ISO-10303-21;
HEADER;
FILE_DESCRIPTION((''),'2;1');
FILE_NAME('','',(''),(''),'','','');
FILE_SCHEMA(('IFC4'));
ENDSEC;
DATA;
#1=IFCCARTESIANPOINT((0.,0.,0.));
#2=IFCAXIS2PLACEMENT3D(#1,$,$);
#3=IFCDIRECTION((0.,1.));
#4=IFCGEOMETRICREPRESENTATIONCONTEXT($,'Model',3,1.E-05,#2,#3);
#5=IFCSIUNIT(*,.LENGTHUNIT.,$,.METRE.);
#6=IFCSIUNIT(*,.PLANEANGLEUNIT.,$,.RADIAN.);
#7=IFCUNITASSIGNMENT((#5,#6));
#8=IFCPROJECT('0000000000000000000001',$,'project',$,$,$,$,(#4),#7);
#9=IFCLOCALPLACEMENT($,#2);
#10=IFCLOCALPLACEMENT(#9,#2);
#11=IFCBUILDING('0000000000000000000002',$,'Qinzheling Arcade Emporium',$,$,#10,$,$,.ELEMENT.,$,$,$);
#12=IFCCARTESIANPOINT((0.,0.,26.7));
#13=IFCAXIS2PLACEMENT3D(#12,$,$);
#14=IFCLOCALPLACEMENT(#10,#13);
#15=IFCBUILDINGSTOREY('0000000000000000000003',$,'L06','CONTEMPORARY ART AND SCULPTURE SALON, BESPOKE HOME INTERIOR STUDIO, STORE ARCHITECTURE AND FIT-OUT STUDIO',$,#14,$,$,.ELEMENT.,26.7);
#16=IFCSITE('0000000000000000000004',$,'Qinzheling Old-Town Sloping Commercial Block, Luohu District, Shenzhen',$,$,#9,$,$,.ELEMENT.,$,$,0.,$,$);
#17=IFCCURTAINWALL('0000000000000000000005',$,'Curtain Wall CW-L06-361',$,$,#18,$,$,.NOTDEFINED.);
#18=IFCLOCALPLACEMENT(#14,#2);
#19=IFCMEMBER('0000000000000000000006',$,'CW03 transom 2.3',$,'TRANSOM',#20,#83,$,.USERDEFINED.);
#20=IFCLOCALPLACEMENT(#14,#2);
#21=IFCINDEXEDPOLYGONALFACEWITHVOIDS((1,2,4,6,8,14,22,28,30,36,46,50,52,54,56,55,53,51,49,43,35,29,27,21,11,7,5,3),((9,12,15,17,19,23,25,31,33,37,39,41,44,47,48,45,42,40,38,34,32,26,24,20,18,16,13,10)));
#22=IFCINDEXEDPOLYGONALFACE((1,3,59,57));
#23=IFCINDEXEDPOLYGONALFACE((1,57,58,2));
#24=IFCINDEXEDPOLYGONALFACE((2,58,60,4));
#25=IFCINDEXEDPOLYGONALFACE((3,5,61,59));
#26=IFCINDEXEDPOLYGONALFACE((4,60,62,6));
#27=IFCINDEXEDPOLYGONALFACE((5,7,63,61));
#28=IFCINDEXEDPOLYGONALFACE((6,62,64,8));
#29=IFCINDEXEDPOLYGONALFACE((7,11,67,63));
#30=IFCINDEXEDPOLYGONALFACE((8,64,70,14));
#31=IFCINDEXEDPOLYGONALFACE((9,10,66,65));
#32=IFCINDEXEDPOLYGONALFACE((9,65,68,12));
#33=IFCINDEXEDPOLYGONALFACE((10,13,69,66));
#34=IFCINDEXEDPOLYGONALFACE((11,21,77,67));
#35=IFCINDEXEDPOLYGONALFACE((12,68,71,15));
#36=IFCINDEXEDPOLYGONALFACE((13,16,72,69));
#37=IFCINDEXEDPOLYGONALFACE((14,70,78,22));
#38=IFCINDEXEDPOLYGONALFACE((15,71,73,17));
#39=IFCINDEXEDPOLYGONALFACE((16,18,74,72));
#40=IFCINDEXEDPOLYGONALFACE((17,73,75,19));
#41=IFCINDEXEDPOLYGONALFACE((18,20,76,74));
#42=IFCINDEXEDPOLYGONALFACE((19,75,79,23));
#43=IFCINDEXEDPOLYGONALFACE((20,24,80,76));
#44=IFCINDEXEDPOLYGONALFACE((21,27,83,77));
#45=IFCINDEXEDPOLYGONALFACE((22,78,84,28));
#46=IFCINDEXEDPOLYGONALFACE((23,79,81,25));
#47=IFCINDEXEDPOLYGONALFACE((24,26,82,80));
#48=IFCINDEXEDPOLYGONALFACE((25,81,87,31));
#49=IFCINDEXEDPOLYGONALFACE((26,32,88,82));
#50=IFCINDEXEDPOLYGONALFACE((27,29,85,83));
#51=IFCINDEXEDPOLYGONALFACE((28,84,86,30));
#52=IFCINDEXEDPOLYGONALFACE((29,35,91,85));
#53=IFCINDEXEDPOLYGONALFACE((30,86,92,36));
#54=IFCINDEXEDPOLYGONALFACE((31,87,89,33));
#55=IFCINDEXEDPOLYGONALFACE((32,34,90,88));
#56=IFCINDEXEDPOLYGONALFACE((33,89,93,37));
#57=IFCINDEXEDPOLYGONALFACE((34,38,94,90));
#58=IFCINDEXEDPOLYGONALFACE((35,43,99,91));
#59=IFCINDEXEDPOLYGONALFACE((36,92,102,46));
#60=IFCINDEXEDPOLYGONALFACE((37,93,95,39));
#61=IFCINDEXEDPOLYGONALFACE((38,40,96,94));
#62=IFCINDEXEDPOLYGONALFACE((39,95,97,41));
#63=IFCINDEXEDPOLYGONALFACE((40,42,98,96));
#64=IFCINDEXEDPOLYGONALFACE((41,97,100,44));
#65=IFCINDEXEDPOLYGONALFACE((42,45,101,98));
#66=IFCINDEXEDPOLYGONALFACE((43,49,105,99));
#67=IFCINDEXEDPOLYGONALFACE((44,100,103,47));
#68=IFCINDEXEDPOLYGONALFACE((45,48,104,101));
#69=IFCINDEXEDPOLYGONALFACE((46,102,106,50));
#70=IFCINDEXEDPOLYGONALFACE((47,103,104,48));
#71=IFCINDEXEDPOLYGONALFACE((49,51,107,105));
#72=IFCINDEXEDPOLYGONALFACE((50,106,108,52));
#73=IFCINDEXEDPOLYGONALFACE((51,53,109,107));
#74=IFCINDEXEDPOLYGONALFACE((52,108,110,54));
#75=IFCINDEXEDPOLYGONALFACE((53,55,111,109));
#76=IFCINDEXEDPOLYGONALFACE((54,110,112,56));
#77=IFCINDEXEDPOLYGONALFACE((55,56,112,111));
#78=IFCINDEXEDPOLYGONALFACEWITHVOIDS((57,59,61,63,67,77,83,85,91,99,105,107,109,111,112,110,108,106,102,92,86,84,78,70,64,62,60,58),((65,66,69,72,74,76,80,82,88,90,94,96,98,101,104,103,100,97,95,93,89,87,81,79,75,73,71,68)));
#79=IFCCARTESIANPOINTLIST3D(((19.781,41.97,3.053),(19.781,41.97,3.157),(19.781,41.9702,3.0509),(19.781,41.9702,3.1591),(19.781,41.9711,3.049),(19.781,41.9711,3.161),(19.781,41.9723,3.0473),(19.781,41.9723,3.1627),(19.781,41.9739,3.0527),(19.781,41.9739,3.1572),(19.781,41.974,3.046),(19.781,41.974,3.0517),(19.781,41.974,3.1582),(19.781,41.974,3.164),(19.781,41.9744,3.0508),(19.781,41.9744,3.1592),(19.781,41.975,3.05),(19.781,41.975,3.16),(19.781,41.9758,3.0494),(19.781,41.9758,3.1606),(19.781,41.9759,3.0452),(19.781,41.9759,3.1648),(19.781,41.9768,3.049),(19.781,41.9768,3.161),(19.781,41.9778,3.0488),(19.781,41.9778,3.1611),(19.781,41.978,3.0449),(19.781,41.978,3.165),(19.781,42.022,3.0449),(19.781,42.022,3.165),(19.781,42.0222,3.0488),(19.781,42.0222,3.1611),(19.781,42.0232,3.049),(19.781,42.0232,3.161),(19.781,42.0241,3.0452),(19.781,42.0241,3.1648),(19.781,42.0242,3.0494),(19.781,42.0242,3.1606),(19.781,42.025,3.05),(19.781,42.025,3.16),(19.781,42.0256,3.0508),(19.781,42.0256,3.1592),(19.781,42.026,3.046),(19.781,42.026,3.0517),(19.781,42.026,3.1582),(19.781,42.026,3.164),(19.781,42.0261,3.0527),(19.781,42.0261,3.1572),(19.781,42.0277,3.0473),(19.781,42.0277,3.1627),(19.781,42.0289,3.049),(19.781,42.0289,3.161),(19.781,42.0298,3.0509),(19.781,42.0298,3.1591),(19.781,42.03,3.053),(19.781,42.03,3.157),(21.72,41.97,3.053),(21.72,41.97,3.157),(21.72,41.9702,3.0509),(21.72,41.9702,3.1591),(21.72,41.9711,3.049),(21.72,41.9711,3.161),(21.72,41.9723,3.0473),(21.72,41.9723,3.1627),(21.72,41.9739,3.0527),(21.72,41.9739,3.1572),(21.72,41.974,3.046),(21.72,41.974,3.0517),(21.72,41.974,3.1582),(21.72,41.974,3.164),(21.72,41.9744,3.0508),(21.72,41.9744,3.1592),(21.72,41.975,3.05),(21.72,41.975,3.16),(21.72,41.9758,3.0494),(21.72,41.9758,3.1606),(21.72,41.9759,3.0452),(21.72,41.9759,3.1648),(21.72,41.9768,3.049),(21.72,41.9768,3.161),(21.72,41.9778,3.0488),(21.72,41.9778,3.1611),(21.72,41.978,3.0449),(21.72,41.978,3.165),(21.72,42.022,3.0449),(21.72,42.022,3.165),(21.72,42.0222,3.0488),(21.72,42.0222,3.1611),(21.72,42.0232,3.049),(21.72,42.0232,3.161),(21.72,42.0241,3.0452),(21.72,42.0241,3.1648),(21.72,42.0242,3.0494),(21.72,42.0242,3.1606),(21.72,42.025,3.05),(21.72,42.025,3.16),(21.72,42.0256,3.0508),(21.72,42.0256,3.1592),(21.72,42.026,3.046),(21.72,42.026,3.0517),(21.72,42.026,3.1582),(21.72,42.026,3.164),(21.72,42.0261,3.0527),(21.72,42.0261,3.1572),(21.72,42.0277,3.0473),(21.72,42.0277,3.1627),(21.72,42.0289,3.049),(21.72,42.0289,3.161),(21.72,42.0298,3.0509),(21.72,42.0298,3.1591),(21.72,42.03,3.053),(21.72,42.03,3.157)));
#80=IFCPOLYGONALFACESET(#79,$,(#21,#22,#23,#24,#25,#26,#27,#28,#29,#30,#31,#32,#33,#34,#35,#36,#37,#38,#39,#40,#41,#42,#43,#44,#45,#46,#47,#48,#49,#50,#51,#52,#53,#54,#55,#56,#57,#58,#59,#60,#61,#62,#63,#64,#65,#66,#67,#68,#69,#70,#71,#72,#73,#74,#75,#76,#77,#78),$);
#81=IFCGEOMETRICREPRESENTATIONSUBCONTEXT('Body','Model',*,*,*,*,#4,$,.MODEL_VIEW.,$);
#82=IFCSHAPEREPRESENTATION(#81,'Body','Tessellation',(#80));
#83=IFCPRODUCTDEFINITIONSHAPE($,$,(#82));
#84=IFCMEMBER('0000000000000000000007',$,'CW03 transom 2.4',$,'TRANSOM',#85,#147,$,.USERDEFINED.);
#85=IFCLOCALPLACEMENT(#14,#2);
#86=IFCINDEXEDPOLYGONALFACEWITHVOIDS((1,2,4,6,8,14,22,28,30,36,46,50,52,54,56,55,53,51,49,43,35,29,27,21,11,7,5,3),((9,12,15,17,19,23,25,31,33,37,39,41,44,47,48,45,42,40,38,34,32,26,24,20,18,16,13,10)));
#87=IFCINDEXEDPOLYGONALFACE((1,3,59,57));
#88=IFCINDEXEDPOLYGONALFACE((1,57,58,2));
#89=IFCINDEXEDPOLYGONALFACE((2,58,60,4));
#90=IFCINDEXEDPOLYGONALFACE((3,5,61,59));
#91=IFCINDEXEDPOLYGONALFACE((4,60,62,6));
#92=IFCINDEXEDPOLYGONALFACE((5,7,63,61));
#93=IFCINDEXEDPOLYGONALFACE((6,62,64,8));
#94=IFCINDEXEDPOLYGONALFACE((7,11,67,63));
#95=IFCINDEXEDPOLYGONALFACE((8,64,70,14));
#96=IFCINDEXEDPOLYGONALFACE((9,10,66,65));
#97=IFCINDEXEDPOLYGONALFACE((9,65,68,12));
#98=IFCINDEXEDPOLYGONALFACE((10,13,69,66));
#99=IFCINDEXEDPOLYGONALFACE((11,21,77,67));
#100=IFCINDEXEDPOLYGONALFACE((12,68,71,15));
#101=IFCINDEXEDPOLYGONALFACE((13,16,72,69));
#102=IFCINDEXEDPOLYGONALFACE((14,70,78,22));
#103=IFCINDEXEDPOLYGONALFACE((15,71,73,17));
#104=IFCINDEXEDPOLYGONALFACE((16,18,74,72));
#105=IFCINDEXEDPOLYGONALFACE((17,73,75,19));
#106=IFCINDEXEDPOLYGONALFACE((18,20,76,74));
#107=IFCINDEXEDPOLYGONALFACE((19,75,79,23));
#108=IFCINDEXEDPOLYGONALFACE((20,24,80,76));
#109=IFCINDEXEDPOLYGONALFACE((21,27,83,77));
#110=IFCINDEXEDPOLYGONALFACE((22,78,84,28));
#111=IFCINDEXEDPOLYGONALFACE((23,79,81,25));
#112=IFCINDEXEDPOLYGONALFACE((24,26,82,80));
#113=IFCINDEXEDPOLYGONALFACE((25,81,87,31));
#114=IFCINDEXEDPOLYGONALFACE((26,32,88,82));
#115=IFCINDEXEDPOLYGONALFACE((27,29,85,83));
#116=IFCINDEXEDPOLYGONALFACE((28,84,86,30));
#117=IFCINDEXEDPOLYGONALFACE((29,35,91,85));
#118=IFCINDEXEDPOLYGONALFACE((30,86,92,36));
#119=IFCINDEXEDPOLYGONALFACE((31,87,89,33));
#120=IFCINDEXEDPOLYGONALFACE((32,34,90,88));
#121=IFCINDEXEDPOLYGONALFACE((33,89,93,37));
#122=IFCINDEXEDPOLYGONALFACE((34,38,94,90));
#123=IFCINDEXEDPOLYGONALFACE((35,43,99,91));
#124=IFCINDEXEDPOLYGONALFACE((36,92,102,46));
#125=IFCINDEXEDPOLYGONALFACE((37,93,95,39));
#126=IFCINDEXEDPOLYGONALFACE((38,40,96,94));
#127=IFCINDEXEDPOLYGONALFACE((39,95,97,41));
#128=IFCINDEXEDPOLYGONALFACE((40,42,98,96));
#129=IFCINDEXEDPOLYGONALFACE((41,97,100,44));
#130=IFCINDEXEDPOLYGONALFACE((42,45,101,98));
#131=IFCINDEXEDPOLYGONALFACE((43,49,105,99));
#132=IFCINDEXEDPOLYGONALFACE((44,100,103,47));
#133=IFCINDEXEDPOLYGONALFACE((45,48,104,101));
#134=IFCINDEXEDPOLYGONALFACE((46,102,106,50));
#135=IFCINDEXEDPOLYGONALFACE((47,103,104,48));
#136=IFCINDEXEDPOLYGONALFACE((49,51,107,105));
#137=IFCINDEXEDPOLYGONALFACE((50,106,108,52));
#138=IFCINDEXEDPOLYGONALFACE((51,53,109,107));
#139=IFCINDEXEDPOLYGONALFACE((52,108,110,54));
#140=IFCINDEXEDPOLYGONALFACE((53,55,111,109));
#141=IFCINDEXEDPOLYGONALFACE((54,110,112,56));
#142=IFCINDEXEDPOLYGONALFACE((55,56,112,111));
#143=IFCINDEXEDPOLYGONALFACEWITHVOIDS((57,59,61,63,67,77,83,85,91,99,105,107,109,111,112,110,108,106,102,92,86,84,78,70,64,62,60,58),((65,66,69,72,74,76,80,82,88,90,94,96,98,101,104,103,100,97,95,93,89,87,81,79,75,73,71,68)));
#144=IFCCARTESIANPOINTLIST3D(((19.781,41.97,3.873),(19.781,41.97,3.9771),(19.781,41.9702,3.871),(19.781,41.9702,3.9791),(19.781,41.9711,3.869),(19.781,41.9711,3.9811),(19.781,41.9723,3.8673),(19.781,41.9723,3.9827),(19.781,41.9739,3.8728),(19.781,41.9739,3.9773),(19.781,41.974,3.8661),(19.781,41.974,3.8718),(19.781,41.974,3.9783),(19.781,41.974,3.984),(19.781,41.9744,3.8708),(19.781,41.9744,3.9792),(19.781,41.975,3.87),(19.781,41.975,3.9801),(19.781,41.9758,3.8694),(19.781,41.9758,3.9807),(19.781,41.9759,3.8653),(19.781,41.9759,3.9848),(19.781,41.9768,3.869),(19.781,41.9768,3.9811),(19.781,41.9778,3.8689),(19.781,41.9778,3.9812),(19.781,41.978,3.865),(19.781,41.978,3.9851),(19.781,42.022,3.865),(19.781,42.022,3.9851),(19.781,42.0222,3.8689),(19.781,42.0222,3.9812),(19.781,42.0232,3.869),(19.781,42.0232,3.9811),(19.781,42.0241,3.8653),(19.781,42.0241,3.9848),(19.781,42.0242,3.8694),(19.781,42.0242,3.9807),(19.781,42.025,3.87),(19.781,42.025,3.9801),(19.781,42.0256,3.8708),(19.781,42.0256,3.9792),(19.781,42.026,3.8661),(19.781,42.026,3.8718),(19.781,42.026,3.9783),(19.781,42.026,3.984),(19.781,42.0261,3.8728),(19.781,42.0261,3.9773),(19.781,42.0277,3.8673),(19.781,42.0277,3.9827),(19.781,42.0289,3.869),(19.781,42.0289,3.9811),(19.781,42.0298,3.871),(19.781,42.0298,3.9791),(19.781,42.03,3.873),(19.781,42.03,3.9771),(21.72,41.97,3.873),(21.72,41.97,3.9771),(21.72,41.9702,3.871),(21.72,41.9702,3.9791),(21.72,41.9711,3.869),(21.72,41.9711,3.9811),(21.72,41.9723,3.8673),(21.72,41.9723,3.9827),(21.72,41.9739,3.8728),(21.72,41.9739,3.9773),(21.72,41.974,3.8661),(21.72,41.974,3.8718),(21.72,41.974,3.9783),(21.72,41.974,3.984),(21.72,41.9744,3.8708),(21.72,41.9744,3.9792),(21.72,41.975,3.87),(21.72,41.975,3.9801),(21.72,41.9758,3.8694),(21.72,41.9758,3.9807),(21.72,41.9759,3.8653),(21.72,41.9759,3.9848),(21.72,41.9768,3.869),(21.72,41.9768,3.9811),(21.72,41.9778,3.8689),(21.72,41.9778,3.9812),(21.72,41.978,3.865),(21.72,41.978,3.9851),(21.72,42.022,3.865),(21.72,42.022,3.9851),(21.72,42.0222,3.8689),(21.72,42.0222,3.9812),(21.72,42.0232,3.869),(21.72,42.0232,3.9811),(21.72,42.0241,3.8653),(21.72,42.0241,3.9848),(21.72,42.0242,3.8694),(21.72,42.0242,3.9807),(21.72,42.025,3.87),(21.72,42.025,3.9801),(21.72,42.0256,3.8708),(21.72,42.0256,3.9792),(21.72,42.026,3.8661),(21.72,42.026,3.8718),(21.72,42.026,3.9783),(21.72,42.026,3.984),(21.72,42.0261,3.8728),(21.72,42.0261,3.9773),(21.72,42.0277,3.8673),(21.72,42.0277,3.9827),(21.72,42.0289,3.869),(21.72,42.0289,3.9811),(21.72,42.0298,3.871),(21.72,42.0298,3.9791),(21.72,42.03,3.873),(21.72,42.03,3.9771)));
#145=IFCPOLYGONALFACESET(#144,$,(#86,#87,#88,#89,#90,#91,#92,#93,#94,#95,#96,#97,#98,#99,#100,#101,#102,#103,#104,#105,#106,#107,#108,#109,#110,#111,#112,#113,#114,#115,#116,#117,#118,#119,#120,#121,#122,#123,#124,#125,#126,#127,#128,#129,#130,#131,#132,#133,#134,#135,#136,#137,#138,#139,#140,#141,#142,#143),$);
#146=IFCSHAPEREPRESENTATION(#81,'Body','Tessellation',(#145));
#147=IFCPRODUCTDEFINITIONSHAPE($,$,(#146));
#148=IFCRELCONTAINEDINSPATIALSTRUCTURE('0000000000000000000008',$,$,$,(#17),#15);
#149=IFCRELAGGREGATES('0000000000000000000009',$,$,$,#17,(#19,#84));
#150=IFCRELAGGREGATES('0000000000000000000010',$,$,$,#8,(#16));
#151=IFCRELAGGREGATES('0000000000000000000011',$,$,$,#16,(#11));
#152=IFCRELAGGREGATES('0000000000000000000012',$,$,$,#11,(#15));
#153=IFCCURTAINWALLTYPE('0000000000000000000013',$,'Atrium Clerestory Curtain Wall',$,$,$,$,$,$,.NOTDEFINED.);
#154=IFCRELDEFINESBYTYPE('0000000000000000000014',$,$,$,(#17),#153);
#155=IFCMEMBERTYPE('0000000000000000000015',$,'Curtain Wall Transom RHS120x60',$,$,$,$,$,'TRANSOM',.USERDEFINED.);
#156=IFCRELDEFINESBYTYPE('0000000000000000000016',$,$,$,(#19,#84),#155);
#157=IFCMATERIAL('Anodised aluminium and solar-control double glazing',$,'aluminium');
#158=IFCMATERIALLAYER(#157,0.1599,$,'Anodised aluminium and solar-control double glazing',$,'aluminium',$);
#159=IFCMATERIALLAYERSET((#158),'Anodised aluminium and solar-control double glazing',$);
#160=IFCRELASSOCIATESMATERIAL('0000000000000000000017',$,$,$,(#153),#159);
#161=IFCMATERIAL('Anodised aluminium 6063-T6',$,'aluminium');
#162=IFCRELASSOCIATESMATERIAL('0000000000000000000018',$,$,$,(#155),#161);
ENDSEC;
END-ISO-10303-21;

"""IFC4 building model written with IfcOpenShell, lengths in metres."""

from ifc_helpers import new_model, si_unit, direction, frame, origin, origin_2d, place, context, subcontext, project, spatial, hollow_rectangle, extrude, material, layer, layer_set, material_profile, profile_set, type_object, element, aggregate, save


model = new_model("IFC4")

# Units and contexts
model_context = context("Model", 3, precision=1e-05, world=origin(), true_north=direction((0.0, 1.0)))
body_context = subcontext(model_context, "Body", "Model", "MODEL_VIEW")
ifc_project = project(units=[si_unit("LENGTHUNIT", "METRE"), si_unit("PLANEANGLEUNIT", "RADIAN")], contexts=[model_context])

# Site, building, storey
site_placement = place(None, origin())
site = spatial("IfcSite", under=ifc_project, at=site_placement, Name="Qinzheling Old-Town Sloping Commercial Block, Luohu District, Shenzhen", CompositionType="ELEMENT", RefElevation=0.0)
building_placement = place(site_placement, origin())
building = spatial("IfcBuilding", under=site, at=building_placement, Name="Qinzheling Arcade Emporium", CompositionType="ELEMENT")
storey_placement = place(building_placement, frame((0.0, 0.0, 26.7)))
storey = spatial("IfcBuildingStorey", under=building, at=storey_placement, Name="L06", Description="CONTEMPORARY ART AND SCULPTURE SALON, BESPOKE HOME INTERIOR STUDIO, STORE ARCHITECTURE AND FIT-OUT STUDIO", CompositionType="ELEMENT", Elevation=26.7)

# Curtain wall, members
ifc_material_1 = material(Name="Anodised aluminium and solar-control double glazing", Category="aluminium")
ifc_layer_1 = layer(ifc_material_1, 0.1599, Name="Anodised aluminium and solar-control double glazing", Category="aluminium")
ifc_layer_set_1 = layer_set([ifc_layer_1], Name="Anodised aluminium and solar-control double glazing")
curtain_wall_type = type_object("IfcCurtainWallType", Name="Atrium Clerestory Curtain Wall", PredefinedType="NOTDEFINED", material=ifc_layer_set_1)
curtain_wall_placement = place(storey_placement, origin())
curtain_wall = element("IfcCurtainWall", 1, at=curtain_wall_placement, inside=storey, type_object=curtain_wall_type, Name="Curtain Wall CW-L06-361", PredefinedType="NOTDEFINED")
ifc_material_2 = material(Name="Anodised aluminium 6063-T6", Category="aluminium")
ifc_material_profile_1 = material_profile(ifc_material_2, hollow_rectangle(XDim=0.0601, YDim=0.1201, WallThickness=0.0039, InnerFilletRadius=0.0039, OuterFilletRadius=0.0081, at=origin_2d()), Name="RHS 120x60x4", Category="aluminium")
ifc_profile_set_1 = profile_set([ifc_material_profile_1], Name="Anodised aluminium 6063-T6")
member_type_1 = type_object("IfcMemberType", Name="Curtain Wall Transom RHS120x60", ElementType="TRANSOM", PredefinedType="USERDEFINED", material=ifc_profile_set_1)
member_1_placement = place(storey_placement, frame((19.781, 42.0, 3.105), z_axis=(1.0, 0.0, 0.0), x_axis=(0.0, 1.0, 0.0)))
member_1 = element("IfcMember", 2, at=member_1_placement, type_object=member_type_1, Name="CW03 transom 2.3", ObjectType="TRANSOM", PredefinedType="USERDEFINED", context=body_context, shape_type="SweptSolid", body=[
    extrude(hollow_rectangle(XDim=0.0601, YDim=0.1201, WallThickness=0.0039, InnerFilletRadius=0.0039, OuterFilletRadius=0.0081, at=origin_2d()), origin(), (0.0, 0.0, 1.0), 1.939),
])
member_2_placement = place(storey_placement, frame((19.781, 42.0, 3.925), z_axis=(1.0, 0.0, 0.0), x_axis=(0.0, 1.0, 0.0)))
member_2 = element("IfcMember", 3, at=member_2_placement, type_object=member_type_1, Name="CW03 transom 2.4", ObjectType="TRANSOM", PredefinedType="USERDEFINED", context=body_context, shape_type="SweptSolid", body=[
    extrude(hollow_rectangle(XDim=0.0601, YDim=0.1201, WallThickness=0.0039, InnerFilletRadius=0.0039, OuterFilletRadius=0.0081, at=origin_2d()), origin(), (0.0, 0.0, 1.0), 1.939),
])

aggregate(curtain_wall, [member_1, member_2])

save(model, "model.ifc")
